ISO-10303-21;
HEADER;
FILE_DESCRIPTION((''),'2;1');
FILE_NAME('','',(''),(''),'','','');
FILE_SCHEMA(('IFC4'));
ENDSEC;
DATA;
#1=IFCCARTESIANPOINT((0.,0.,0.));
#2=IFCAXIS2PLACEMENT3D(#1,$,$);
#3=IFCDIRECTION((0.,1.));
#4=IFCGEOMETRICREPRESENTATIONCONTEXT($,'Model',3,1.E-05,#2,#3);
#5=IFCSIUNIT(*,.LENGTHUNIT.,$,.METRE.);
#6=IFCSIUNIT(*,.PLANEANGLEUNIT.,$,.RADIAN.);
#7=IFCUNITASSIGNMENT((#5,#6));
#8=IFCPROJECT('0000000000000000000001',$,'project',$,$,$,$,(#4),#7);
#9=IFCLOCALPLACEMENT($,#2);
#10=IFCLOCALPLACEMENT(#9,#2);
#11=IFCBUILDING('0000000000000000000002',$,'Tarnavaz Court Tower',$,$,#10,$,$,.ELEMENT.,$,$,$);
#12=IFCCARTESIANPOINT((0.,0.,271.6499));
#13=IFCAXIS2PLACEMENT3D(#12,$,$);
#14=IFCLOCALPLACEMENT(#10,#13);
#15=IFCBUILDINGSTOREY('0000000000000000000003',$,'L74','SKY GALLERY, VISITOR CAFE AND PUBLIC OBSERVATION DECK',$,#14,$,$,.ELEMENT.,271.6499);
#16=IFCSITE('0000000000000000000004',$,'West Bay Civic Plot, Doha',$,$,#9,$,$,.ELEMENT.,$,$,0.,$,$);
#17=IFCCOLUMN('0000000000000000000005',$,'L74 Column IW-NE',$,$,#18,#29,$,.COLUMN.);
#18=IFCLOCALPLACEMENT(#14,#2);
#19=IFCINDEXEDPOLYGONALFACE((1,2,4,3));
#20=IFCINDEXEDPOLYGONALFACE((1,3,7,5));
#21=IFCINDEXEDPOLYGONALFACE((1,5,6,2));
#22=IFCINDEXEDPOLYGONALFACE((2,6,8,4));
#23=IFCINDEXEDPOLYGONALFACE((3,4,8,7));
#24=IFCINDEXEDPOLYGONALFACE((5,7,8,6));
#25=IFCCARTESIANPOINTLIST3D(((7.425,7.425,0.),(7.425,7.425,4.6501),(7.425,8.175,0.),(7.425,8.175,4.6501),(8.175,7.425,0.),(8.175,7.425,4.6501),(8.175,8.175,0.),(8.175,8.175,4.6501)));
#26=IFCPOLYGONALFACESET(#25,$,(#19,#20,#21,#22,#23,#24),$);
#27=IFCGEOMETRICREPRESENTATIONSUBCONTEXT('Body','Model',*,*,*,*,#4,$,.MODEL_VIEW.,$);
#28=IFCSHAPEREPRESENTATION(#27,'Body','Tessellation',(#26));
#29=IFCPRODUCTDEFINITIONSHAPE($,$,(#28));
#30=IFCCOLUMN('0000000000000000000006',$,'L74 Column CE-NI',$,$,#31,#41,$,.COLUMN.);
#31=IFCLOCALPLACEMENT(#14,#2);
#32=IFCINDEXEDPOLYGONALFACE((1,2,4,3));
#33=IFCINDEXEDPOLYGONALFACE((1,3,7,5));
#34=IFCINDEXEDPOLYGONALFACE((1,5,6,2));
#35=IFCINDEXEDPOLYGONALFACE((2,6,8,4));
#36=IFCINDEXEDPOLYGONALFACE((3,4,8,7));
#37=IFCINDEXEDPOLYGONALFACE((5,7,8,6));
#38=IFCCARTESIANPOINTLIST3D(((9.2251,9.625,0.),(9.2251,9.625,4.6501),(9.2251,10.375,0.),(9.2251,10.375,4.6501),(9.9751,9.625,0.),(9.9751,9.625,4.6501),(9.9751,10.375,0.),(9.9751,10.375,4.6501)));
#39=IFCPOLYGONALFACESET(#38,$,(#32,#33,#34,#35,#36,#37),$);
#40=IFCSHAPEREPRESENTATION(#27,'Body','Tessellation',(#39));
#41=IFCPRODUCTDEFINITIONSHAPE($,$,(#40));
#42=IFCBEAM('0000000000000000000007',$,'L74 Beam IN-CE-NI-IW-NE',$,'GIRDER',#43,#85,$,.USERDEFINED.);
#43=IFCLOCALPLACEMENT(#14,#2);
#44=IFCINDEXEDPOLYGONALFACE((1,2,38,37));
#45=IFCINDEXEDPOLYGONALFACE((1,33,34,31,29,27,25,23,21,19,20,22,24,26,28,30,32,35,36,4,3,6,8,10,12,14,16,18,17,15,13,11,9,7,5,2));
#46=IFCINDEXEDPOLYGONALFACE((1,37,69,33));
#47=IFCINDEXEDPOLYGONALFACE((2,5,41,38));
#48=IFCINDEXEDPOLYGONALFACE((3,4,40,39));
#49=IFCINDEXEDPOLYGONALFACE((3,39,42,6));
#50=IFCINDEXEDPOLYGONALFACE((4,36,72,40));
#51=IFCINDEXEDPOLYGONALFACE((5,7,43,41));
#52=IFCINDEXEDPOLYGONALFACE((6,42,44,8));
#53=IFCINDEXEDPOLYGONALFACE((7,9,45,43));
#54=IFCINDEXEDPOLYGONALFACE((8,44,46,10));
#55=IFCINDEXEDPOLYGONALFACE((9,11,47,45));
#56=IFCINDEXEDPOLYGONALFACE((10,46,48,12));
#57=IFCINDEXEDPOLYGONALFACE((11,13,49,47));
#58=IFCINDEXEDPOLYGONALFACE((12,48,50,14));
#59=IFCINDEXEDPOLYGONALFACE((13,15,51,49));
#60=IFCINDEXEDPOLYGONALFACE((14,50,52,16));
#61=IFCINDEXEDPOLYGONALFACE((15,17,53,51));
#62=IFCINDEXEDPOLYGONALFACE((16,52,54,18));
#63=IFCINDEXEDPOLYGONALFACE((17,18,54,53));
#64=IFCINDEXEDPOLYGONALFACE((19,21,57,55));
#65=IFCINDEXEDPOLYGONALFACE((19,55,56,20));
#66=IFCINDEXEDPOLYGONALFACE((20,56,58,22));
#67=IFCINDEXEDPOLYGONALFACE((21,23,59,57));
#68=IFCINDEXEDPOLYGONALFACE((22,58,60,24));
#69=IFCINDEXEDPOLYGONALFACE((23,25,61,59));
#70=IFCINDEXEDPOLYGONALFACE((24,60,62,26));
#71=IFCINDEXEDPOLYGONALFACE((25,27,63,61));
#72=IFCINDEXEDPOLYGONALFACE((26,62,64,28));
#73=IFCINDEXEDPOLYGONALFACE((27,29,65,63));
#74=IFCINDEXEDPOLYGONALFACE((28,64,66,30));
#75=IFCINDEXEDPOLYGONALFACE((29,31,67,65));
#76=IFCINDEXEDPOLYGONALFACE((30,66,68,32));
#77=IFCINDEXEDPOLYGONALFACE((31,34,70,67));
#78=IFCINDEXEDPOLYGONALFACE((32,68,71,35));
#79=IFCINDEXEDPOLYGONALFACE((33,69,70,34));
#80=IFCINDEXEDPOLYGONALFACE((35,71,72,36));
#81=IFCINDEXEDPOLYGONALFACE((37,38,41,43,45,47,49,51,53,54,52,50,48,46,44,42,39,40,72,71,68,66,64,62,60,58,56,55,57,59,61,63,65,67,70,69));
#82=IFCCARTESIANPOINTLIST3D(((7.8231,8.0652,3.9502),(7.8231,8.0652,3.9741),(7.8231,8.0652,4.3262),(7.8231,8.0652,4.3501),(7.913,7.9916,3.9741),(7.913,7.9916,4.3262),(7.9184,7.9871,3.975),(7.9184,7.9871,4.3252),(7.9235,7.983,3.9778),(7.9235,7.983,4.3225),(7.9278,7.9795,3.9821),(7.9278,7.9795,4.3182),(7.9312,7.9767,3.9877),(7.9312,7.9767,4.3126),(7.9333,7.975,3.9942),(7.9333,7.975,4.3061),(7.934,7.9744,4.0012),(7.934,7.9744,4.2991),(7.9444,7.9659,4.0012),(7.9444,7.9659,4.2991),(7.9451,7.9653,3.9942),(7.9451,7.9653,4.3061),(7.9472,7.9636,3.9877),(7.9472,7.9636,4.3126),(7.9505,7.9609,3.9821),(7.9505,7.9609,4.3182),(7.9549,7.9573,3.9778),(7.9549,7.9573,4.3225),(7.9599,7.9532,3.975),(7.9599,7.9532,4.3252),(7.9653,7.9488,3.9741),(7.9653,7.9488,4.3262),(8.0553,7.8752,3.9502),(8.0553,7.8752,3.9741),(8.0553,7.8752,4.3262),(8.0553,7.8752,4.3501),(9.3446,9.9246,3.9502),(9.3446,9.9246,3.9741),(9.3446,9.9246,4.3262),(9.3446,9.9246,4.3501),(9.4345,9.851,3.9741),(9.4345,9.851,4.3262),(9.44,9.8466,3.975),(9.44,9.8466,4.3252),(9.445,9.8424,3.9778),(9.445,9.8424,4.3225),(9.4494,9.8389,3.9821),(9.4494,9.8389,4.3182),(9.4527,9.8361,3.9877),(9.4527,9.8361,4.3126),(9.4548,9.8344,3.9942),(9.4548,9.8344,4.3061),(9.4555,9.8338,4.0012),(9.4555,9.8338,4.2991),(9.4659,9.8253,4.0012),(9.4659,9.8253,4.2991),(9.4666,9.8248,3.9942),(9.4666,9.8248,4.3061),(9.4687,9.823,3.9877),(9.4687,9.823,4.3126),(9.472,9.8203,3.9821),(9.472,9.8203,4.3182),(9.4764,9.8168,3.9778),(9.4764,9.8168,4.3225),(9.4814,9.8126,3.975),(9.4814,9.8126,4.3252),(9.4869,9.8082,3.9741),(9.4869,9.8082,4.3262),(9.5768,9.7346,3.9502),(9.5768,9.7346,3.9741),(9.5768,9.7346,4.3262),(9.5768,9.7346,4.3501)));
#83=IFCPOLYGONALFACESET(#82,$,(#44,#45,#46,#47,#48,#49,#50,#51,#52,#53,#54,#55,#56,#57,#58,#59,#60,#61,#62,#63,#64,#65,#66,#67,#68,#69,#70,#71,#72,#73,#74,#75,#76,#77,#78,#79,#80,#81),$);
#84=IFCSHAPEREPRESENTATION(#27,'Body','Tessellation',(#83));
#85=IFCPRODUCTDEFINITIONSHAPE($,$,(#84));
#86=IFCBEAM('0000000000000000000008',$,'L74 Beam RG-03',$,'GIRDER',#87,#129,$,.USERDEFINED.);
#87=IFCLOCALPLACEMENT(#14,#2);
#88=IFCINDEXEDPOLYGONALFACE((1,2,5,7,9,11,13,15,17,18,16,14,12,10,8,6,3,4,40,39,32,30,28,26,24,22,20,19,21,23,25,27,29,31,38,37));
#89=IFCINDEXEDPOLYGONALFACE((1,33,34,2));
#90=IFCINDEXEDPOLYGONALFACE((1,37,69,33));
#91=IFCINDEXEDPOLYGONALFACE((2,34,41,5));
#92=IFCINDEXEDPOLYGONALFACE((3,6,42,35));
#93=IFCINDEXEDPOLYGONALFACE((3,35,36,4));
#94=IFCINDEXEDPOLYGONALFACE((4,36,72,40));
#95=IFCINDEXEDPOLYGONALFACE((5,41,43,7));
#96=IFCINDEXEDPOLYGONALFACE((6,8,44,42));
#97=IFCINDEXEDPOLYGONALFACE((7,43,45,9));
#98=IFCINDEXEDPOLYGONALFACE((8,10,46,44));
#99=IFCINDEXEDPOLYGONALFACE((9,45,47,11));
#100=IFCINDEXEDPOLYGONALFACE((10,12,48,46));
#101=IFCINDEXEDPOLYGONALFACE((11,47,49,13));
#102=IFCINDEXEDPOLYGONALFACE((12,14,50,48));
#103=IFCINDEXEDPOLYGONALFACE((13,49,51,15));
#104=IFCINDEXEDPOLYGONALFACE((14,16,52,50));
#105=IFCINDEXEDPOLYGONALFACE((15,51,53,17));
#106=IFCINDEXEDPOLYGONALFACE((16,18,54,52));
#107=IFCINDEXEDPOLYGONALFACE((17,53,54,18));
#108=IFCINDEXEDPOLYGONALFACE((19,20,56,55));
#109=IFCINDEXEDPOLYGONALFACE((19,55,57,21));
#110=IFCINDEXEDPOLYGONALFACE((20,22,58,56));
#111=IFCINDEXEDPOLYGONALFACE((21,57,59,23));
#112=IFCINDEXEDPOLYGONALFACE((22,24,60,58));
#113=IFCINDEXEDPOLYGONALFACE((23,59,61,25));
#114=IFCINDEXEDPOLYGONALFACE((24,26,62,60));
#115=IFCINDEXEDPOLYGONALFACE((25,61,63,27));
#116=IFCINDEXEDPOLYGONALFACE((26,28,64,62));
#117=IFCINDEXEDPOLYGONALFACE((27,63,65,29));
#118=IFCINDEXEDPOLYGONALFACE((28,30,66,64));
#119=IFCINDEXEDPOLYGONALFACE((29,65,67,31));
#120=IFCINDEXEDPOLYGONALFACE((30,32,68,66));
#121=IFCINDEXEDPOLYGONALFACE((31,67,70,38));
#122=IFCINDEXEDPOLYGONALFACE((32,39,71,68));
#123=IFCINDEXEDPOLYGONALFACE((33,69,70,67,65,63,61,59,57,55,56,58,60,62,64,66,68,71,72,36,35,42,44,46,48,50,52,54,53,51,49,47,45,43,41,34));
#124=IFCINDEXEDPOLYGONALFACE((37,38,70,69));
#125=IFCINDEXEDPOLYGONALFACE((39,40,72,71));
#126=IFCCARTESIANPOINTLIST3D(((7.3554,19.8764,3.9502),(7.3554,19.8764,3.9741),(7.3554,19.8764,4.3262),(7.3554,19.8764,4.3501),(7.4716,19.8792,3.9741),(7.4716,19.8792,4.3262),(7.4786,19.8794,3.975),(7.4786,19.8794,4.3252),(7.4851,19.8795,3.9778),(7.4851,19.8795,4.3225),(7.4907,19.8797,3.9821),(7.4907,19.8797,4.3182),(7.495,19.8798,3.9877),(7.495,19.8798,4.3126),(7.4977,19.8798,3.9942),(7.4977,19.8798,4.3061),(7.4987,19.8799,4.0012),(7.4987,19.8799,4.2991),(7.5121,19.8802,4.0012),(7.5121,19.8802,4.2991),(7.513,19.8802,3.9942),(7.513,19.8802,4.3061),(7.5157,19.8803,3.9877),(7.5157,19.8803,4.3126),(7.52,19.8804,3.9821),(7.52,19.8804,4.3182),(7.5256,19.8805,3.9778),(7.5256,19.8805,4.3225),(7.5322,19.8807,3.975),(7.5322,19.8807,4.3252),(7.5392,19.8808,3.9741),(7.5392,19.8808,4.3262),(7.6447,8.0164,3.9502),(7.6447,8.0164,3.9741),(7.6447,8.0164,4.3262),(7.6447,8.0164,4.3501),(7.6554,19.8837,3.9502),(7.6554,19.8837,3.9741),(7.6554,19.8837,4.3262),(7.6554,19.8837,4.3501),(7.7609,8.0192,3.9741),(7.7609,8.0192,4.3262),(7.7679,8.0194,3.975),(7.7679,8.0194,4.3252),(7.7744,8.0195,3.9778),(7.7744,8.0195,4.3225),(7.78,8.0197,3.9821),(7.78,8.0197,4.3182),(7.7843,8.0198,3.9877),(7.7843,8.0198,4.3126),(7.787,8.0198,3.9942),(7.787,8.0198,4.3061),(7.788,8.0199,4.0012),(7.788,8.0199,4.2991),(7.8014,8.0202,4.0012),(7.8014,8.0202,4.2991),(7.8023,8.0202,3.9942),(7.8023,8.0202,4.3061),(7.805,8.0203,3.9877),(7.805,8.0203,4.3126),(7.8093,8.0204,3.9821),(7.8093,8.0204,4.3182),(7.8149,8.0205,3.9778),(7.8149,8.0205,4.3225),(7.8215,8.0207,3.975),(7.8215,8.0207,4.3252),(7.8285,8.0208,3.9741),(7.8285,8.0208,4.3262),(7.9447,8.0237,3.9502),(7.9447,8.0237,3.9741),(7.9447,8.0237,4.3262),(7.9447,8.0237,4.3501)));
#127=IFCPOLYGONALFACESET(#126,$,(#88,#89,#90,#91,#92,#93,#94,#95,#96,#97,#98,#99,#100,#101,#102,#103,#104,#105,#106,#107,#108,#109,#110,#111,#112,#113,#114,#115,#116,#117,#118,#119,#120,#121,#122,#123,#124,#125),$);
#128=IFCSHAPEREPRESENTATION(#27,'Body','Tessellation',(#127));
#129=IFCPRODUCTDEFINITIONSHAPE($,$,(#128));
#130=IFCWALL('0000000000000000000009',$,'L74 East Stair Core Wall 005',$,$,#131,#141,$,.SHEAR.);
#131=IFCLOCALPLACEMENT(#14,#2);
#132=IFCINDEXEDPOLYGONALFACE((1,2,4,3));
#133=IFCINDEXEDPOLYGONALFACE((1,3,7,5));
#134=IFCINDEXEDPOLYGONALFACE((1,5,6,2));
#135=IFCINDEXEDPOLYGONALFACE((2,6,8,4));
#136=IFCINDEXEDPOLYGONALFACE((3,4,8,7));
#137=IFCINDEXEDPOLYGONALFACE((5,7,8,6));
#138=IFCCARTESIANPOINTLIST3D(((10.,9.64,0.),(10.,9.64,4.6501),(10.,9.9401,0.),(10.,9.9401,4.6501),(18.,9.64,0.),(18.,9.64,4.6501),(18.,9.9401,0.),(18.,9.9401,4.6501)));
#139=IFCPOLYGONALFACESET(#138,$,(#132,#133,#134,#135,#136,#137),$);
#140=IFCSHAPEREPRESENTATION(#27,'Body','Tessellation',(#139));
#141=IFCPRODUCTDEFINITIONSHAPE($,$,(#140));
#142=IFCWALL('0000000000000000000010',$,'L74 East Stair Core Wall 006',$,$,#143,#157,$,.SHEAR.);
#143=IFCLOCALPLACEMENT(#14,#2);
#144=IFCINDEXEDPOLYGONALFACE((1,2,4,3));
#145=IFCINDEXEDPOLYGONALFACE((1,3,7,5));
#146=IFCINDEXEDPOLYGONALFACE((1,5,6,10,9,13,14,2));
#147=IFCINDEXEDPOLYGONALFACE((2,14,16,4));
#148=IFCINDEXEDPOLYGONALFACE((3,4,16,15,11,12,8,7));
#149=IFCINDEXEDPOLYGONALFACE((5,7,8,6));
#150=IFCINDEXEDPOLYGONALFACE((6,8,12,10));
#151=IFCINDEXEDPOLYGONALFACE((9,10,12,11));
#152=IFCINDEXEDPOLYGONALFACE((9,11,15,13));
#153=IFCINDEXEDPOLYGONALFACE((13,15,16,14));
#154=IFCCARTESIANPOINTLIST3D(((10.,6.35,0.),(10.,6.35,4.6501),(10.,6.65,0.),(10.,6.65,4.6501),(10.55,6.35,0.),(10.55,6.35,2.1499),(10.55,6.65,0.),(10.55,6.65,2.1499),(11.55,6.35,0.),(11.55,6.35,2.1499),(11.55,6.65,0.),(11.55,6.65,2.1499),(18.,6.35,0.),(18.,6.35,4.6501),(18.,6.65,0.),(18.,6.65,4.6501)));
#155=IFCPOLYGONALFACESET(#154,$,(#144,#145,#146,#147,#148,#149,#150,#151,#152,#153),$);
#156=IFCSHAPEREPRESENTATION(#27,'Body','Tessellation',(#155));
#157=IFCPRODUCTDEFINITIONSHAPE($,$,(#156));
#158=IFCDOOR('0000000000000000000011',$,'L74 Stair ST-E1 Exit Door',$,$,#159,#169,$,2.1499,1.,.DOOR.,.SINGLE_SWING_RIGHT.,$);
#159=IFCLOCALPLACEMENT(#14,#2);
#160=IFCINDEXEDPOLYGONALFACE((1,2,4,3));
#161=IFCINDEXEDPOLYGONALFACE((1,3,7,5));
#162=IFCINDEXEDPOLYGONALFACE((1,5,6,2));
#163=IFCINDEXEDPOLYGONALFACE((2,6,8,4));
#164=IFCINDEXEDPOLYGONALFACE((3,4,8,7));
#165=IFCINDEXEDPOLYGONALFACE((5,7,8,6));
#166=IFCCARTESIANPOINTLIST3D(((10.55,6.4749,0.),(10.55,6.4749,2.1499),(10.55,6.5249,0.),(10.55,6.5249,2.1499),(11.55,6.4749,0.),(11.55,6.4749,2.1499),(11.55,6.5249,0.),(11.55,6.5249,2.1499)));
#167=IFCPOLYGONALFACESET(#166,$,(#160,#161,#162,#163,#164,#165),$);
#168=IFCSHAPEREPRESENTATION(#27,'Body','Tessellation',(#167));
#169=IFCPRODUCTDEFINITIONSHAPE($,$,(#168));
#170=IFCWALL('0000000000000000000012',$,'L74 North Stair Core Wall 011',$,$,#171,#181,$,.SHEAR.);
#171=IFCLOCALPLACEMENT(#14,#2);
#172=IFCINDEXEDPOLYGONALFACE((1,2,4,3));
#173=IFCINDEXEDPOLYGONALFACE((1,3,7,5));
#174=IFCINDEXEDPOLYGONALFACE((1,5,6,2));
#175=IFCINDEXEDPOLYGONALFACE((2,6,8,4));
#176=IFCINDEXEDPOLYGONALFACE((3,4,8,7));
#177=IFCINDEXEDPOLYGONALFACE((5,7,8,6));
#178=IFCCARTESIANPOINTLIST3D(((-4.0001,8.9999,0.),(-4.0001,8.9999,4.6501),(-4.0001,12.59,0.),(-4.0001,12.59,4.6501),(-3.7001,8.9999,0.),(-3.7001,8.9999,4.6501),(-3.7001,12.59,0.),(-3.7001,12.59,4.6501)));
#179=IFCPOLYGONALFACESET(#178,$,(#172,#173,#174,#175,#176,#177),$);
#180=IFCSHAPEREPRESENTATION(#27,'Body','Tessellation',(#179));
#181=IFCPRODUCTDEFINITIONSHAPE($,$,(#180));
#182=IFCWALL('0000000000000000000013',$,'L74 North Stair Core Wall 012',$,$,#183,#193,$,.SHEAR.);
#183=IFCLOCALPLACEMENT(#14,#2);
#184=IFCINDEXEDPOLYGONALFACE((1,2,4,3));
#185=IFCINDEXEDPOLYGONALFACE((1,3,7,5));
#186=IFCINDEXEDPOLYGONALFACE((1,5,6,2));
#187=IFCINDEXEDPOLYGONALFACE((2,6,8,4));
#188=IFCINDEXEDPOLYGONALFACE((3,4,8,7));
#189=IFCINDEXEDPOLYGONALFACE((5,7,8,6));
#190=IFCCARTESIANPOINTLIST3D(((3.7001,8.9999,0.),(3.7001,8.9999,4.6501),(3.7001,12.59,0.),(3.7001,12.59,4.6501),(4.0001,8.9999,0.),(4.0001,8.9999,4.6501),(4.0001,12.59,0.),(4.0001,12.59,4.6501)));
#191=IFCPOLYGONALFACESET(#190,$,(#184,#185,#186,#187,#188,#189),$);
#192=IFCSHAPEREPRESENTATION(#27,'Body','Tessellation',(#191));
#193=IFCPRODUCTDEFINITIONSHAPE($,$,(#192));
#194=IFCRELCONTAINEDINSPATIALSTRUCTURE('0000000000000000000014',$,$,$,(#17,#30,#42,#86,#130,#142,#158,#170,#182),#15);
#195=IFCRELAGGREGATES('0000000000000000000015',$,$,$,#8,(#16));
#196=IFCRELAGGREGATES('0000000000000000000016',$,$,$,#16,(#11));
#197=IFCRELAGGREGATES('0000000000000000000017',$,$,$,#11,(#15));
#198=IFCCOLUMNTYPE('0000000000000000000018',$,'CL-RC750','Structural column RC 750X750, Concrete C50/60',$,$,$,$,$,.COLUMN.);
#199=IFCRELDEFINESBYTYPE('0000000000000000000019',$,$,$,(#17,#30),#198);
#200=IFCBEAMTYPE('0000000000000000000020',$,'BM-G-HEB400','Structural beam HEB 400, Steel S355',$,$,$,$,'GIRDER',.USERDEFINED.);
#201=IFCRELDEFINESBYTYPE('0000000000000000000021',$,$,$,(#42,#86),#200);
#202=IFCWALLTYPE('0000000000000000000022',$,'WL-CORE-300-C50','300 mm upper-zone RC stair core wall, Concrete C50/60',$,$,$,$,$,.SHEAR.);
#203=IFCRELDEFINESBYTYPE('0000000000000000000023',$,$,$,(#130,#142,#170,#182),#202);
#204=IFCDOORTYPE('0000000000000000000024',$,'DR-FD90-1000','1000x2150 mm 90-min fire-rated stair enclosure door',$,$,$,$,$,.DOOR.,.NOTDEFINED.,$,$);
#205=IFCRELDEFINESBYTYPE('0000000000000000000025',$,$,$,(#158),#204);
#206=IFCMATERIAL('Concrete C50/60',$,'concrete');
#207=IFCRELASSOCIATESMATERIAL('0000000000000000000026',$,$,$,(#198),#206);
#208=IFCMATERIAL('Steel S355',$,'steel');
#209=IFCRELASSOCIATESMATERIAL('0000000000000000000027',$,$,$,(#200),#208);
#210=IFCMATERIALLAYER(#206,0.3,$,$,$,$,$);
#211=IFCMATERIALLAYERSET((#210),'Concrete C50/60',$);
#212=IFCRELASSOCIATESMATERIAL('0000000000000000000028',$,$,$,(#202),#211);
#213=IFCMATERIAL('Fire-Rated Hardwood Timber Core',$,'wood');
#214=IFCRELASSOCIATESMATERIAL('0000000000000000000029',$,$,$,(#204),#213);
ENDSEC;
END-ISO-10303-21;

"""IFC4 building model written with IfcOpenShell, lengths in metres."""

from ifc_helpers import new_model, si_unit, direction, frame, frame_2d, origin, origin_2d, place, context, subcontext, project, spatial, rectangle, i_section, extrude, material, layer, layer_set, material_profile, profile_set, type_object, element, fill, save


model = new_model("IFC4")

# Units and contexts
model_context = context("Model", 3, precision=1e-05, world=origin(), true_north=direction((0.0, 1.0)))
body_context = subcontext(model_context, "Body", "Model", "MODEL_VIEW")
ifc_project = project(units=[si_unit("LENGTHUNIT", "METRE"), si_unit("PLANEANGLEUNIT", "RADIAN")], contexts=[model_context])

# Site, building, storey
site_placement = place(None, origin())
site = spatial("IfcSite", under=ifc_project, at=site_placement, Name="West Bay Civic Plot, Doha", CompositionType="ELEMENT", RefElevation=0.0)
building_placement = place(site_placement, origin())
building = spatial("IfcBuilding", under=site, at=building_placement, Name="Tarnavaz Court Tower", CompositionType="ELEMENT")
storey_placement = place(building_placement, frame((0.0, 0.0, 271.6499)))
storey = spatial("IfcBuildingStorey", under=building, at=storey_placement, Name="L74", Description="SKY GALLERY, VISITOR CAFE AND PUBLIC OBSERVATION DECK", CompositionType="ELEMENT", Elevation=271.6499)

# Columns
ifc_material_1 = material(Name="Concrete C50/60", Category="concrete")
ifc_material_profile_1 = material_profile(ifc_material_1, rectangle(XDim=0.75, YDim=0.75, at=origin_2d()), Name="RC 750X750")
ifc_profile_set_1 = profile_set([ifc_material_profile_1], Name="Concrete C50/60")
column_type = type_object("IfcColumnType", Name="CL-RC750", Description="Structural column RC 750X750, Concrete C50/60", PredefinedType="COLUMN", material=ifc_profile_set_1)
for number, where, z_axis, x_axis, name in (
    (1, (7.8, 7.8, 0.0), (0.0, 0.0, 1.0), (1.0, 0.0, 0.0), "L74 Column IW-NE"),
    (2, (9.6001, 10.0, 0.0), (0.0, 0.0, 1.0), (1.0, 0.0, 0.0), "L74 Column CE-NI"),
):
    element("IfcColumn", number, at=place(storey_placement, frame(where, z_axis=z_axis, x_axis=x_axis)), inside=storey, type_object=column_type, Name=name, PredefinedType="COLUMN", context=body_context, shape_type="SweptSolid", body=[
        extrude(rectangle(XDim=0.75, YDim=0.75, at=origin_2d()), origin(), (0.0, 0.0, 1.0), 4.6501),
    ])

# Beams
ifc_material_2 = material(Name="Steel S355", Category="steel")
ifc_material_profile_2 = material_profile(ifc_material_2, i_section(OverallWidth=0.3, OverallDepth=0.3999, WebThickness=0.0134, FlangeThickness=0.0239, FilletRadius=0.0271, at=origin_2d()), Name="HEB 400")
ifc_profile_set_2 = profile_set([ifc_material_profile_2], Name="Steel S355")
beam_type = type_object("IfcBeamType", Name="BM-G-HEB400", Description="Structural beam HEB 400, Steel S355", ElementType="GIRDER", PredefinedType="USERDEFINED", material=ifc_profile_set_2)
beam_1_placement = place(storey_placement, frame((9.4607, 9.8296, 4.1501), z_axis=(-0.633282, -0.773921, 0.0), x_axis=(0.773921, -0.633282, 0.0)))
element("IfcBeam", 3, at=beam_1_placement, inside=storey, type_object=beam_type, Name="L74 Beam IN-CE-NI-IW-NE", ObjectType="GIRDER", PredefinedType="USERDEFINED", context=body_context, shape_type="SweptSolid", body=[
    extrude(i_section(OverallWidth=0.3, OverallDepth=0.3999, WebThickness=0.0134, FlangeThickness=0.0239, FilletRadius=0.0271, at=origin_2d()), origin(), (0.0, 0.0, 1.0), 2.4026),
])
beam_2_placement = place(storey_placement, frame((7.7947, 8.02, 4.1501), z_axis=(-0.024386, 0.999703, 0.0), x_axis=(-0.999703, -0.024386, 0.0)))
element("IfcBeam", 4, at=beam_2_placement, inside=storey, type_object=beam_type, Name="L74 Beam RG-03", ObjectType="GIRDER", PredefinedType="USERDEFINED", context=body_context, shape_type="SweptSolid", body=[
    extrude(i_section(OverallWidth=0.3, OverallDepth=0.3999, WebThickness=0.0134, FlangeThickness=0.0239, FilletRadius=0.0271, at=origin_2d()), origin(), (0.0, 0.0, 1.0), 11.8635),
])

# Wall
ifc_layer_1 = layer(ifc_material_1, 0.3)
ifc_layer_set_1 = layer_set([ifc_layer_1], Name="Concrete C50/60")
wall_type_1 = type_object("IfcWallType", Name="WL-CORE-300-C50", Description="300 mm upper-zone RC stair core wall, Concrete C50/60", PredefinedType="SHEAR", material=ifc_layer_set_1)
wall_1_placement = place(storey_placement, frame((10.0, 9.79, 0.0), z_axis=(0.0, 0.0, 1.0), x_axis=(1.0, 0.0, 0.0)))
element("IfcWall", 5, at=wall_1_placement, inside=storey, type_object=wall_type_1, Name="L74 East Stair Core Wall 005", PredefinedType="SHEAR", context=body_context, shape_type="SweptSolid", body=[
    extrude(rectangle(XDim=8.0, YDim=0.3, at=frame_2d((4.0, 0.0))), origin(), (0.0, 0.0, 1.0), 4.6501),
])

# Wall, opening, door
wall_2_placement = place(storey_placement, frame((10.0, 6.5, 0.0), z_axis=(0.0, 0.0, 1.0), x_axis=(1.0, 0.0, 0.0)))
wall_2 = element("IfcWall", 6, at=wall_2_placement, inside=storey, type_object=wall_type_1, Name="L74 East Stair Core Wall 006", PredefinedType="SHEAR", context=body_context, shape_type="SweptSolid", body=[
    extrude(rectangle(XDim=8.0, YDim=0.3, at=frame_2d((4.0, 0.0))), origin(), (0.0, 0.0, 1.0), 4.6501),
])
opening_1_placement = place(wall_2_placement, frame((0.55, 0.0, 0.0)))
opening_1 = element("IfcOpeningElement", 7, at=opening_1_placement, cuts=wall_2, PredefinedType="OPENING", context=body_context, shape_type="SweptSolid", body=[
    extrude(rectangle(XDim=1.0, YDim=2.1499, at=frame_2d((0.5, 1.075))), frame((0.0, 0.1599, 0.0), z_axis=(0.0, -1.0, 0.0), x_axis=(1.0, 0.0, 0.0)), (0.0, 0.0, 1.0), 0.3201),
])
ifc_material_3 = material(Name="Fire-Rated Hardwood Timber Core", Category="wood")
door_type_1 = type_object("IfcDoorType", Name="DR-FD90-1000", Description="1000x2150 mm 90-min fire-rated stair enclosure door", OperationType="NOTDEFINED", PredefinedType="DOOR", material=ifc_material_3)
door_1_placement = place(opening_1_placement, origin())
door_1 = element("IfcDoor", 8, at=door_1_placement, inside=storey, type_object=door_type_1, Name="L74 Stair ST-E1 Exit Door", OperationType="SINGLE_SWING_RIGHT", OverallHeight=2.1499, OverallWidth=1.0, PredefinedType="DOOR", context=body_context, shape_type="SweptSolid", body=[
    extrude(rectangle(XDim=1.0, YDim=2.1499, at=frame_2d((0.5, 1.075))), frame((0.0, 0.0249, 0.0), z_axis=(0.0, -1.0, 0.0), x_axis=(1.0, 0.0, 0.0)), (0.0, 0.0, 1.0), 0.05),
])
fill(opening_1, door_1)

# Walls
for number, where, z_axis, x_axis, name in (
    (9, (-3.8501, 9.0, 0.0), (0.0, 0.0, 1.0), (0.0, 1.0, 0.0), "L74 North Stair Core Wall 011"),
    (10, (3.8501, 9.0, 0.0), (0.0, 0.0, 1.0), (0.0, 1.0, 0.0), "L74 North Stair Core Wall 012"),
):
    element("IfcWall", number, at=place(storey_placement, frame(where, z_axis=z_axis, x_axis=x_axis)), inside=storey, type_object=wall_type_1, Name=name, PredefinedType="SHEAR", context=body_context, shape_type="SweptSolid", body=[
        extrude(rectangle(XDim=3.5901, YDim=0.3, at=frame_2d((1.7949, 0.0))), origin(), (0.0, 0.0, 1.0), 4.6501),
    ])

save(model, "model.ifc")
